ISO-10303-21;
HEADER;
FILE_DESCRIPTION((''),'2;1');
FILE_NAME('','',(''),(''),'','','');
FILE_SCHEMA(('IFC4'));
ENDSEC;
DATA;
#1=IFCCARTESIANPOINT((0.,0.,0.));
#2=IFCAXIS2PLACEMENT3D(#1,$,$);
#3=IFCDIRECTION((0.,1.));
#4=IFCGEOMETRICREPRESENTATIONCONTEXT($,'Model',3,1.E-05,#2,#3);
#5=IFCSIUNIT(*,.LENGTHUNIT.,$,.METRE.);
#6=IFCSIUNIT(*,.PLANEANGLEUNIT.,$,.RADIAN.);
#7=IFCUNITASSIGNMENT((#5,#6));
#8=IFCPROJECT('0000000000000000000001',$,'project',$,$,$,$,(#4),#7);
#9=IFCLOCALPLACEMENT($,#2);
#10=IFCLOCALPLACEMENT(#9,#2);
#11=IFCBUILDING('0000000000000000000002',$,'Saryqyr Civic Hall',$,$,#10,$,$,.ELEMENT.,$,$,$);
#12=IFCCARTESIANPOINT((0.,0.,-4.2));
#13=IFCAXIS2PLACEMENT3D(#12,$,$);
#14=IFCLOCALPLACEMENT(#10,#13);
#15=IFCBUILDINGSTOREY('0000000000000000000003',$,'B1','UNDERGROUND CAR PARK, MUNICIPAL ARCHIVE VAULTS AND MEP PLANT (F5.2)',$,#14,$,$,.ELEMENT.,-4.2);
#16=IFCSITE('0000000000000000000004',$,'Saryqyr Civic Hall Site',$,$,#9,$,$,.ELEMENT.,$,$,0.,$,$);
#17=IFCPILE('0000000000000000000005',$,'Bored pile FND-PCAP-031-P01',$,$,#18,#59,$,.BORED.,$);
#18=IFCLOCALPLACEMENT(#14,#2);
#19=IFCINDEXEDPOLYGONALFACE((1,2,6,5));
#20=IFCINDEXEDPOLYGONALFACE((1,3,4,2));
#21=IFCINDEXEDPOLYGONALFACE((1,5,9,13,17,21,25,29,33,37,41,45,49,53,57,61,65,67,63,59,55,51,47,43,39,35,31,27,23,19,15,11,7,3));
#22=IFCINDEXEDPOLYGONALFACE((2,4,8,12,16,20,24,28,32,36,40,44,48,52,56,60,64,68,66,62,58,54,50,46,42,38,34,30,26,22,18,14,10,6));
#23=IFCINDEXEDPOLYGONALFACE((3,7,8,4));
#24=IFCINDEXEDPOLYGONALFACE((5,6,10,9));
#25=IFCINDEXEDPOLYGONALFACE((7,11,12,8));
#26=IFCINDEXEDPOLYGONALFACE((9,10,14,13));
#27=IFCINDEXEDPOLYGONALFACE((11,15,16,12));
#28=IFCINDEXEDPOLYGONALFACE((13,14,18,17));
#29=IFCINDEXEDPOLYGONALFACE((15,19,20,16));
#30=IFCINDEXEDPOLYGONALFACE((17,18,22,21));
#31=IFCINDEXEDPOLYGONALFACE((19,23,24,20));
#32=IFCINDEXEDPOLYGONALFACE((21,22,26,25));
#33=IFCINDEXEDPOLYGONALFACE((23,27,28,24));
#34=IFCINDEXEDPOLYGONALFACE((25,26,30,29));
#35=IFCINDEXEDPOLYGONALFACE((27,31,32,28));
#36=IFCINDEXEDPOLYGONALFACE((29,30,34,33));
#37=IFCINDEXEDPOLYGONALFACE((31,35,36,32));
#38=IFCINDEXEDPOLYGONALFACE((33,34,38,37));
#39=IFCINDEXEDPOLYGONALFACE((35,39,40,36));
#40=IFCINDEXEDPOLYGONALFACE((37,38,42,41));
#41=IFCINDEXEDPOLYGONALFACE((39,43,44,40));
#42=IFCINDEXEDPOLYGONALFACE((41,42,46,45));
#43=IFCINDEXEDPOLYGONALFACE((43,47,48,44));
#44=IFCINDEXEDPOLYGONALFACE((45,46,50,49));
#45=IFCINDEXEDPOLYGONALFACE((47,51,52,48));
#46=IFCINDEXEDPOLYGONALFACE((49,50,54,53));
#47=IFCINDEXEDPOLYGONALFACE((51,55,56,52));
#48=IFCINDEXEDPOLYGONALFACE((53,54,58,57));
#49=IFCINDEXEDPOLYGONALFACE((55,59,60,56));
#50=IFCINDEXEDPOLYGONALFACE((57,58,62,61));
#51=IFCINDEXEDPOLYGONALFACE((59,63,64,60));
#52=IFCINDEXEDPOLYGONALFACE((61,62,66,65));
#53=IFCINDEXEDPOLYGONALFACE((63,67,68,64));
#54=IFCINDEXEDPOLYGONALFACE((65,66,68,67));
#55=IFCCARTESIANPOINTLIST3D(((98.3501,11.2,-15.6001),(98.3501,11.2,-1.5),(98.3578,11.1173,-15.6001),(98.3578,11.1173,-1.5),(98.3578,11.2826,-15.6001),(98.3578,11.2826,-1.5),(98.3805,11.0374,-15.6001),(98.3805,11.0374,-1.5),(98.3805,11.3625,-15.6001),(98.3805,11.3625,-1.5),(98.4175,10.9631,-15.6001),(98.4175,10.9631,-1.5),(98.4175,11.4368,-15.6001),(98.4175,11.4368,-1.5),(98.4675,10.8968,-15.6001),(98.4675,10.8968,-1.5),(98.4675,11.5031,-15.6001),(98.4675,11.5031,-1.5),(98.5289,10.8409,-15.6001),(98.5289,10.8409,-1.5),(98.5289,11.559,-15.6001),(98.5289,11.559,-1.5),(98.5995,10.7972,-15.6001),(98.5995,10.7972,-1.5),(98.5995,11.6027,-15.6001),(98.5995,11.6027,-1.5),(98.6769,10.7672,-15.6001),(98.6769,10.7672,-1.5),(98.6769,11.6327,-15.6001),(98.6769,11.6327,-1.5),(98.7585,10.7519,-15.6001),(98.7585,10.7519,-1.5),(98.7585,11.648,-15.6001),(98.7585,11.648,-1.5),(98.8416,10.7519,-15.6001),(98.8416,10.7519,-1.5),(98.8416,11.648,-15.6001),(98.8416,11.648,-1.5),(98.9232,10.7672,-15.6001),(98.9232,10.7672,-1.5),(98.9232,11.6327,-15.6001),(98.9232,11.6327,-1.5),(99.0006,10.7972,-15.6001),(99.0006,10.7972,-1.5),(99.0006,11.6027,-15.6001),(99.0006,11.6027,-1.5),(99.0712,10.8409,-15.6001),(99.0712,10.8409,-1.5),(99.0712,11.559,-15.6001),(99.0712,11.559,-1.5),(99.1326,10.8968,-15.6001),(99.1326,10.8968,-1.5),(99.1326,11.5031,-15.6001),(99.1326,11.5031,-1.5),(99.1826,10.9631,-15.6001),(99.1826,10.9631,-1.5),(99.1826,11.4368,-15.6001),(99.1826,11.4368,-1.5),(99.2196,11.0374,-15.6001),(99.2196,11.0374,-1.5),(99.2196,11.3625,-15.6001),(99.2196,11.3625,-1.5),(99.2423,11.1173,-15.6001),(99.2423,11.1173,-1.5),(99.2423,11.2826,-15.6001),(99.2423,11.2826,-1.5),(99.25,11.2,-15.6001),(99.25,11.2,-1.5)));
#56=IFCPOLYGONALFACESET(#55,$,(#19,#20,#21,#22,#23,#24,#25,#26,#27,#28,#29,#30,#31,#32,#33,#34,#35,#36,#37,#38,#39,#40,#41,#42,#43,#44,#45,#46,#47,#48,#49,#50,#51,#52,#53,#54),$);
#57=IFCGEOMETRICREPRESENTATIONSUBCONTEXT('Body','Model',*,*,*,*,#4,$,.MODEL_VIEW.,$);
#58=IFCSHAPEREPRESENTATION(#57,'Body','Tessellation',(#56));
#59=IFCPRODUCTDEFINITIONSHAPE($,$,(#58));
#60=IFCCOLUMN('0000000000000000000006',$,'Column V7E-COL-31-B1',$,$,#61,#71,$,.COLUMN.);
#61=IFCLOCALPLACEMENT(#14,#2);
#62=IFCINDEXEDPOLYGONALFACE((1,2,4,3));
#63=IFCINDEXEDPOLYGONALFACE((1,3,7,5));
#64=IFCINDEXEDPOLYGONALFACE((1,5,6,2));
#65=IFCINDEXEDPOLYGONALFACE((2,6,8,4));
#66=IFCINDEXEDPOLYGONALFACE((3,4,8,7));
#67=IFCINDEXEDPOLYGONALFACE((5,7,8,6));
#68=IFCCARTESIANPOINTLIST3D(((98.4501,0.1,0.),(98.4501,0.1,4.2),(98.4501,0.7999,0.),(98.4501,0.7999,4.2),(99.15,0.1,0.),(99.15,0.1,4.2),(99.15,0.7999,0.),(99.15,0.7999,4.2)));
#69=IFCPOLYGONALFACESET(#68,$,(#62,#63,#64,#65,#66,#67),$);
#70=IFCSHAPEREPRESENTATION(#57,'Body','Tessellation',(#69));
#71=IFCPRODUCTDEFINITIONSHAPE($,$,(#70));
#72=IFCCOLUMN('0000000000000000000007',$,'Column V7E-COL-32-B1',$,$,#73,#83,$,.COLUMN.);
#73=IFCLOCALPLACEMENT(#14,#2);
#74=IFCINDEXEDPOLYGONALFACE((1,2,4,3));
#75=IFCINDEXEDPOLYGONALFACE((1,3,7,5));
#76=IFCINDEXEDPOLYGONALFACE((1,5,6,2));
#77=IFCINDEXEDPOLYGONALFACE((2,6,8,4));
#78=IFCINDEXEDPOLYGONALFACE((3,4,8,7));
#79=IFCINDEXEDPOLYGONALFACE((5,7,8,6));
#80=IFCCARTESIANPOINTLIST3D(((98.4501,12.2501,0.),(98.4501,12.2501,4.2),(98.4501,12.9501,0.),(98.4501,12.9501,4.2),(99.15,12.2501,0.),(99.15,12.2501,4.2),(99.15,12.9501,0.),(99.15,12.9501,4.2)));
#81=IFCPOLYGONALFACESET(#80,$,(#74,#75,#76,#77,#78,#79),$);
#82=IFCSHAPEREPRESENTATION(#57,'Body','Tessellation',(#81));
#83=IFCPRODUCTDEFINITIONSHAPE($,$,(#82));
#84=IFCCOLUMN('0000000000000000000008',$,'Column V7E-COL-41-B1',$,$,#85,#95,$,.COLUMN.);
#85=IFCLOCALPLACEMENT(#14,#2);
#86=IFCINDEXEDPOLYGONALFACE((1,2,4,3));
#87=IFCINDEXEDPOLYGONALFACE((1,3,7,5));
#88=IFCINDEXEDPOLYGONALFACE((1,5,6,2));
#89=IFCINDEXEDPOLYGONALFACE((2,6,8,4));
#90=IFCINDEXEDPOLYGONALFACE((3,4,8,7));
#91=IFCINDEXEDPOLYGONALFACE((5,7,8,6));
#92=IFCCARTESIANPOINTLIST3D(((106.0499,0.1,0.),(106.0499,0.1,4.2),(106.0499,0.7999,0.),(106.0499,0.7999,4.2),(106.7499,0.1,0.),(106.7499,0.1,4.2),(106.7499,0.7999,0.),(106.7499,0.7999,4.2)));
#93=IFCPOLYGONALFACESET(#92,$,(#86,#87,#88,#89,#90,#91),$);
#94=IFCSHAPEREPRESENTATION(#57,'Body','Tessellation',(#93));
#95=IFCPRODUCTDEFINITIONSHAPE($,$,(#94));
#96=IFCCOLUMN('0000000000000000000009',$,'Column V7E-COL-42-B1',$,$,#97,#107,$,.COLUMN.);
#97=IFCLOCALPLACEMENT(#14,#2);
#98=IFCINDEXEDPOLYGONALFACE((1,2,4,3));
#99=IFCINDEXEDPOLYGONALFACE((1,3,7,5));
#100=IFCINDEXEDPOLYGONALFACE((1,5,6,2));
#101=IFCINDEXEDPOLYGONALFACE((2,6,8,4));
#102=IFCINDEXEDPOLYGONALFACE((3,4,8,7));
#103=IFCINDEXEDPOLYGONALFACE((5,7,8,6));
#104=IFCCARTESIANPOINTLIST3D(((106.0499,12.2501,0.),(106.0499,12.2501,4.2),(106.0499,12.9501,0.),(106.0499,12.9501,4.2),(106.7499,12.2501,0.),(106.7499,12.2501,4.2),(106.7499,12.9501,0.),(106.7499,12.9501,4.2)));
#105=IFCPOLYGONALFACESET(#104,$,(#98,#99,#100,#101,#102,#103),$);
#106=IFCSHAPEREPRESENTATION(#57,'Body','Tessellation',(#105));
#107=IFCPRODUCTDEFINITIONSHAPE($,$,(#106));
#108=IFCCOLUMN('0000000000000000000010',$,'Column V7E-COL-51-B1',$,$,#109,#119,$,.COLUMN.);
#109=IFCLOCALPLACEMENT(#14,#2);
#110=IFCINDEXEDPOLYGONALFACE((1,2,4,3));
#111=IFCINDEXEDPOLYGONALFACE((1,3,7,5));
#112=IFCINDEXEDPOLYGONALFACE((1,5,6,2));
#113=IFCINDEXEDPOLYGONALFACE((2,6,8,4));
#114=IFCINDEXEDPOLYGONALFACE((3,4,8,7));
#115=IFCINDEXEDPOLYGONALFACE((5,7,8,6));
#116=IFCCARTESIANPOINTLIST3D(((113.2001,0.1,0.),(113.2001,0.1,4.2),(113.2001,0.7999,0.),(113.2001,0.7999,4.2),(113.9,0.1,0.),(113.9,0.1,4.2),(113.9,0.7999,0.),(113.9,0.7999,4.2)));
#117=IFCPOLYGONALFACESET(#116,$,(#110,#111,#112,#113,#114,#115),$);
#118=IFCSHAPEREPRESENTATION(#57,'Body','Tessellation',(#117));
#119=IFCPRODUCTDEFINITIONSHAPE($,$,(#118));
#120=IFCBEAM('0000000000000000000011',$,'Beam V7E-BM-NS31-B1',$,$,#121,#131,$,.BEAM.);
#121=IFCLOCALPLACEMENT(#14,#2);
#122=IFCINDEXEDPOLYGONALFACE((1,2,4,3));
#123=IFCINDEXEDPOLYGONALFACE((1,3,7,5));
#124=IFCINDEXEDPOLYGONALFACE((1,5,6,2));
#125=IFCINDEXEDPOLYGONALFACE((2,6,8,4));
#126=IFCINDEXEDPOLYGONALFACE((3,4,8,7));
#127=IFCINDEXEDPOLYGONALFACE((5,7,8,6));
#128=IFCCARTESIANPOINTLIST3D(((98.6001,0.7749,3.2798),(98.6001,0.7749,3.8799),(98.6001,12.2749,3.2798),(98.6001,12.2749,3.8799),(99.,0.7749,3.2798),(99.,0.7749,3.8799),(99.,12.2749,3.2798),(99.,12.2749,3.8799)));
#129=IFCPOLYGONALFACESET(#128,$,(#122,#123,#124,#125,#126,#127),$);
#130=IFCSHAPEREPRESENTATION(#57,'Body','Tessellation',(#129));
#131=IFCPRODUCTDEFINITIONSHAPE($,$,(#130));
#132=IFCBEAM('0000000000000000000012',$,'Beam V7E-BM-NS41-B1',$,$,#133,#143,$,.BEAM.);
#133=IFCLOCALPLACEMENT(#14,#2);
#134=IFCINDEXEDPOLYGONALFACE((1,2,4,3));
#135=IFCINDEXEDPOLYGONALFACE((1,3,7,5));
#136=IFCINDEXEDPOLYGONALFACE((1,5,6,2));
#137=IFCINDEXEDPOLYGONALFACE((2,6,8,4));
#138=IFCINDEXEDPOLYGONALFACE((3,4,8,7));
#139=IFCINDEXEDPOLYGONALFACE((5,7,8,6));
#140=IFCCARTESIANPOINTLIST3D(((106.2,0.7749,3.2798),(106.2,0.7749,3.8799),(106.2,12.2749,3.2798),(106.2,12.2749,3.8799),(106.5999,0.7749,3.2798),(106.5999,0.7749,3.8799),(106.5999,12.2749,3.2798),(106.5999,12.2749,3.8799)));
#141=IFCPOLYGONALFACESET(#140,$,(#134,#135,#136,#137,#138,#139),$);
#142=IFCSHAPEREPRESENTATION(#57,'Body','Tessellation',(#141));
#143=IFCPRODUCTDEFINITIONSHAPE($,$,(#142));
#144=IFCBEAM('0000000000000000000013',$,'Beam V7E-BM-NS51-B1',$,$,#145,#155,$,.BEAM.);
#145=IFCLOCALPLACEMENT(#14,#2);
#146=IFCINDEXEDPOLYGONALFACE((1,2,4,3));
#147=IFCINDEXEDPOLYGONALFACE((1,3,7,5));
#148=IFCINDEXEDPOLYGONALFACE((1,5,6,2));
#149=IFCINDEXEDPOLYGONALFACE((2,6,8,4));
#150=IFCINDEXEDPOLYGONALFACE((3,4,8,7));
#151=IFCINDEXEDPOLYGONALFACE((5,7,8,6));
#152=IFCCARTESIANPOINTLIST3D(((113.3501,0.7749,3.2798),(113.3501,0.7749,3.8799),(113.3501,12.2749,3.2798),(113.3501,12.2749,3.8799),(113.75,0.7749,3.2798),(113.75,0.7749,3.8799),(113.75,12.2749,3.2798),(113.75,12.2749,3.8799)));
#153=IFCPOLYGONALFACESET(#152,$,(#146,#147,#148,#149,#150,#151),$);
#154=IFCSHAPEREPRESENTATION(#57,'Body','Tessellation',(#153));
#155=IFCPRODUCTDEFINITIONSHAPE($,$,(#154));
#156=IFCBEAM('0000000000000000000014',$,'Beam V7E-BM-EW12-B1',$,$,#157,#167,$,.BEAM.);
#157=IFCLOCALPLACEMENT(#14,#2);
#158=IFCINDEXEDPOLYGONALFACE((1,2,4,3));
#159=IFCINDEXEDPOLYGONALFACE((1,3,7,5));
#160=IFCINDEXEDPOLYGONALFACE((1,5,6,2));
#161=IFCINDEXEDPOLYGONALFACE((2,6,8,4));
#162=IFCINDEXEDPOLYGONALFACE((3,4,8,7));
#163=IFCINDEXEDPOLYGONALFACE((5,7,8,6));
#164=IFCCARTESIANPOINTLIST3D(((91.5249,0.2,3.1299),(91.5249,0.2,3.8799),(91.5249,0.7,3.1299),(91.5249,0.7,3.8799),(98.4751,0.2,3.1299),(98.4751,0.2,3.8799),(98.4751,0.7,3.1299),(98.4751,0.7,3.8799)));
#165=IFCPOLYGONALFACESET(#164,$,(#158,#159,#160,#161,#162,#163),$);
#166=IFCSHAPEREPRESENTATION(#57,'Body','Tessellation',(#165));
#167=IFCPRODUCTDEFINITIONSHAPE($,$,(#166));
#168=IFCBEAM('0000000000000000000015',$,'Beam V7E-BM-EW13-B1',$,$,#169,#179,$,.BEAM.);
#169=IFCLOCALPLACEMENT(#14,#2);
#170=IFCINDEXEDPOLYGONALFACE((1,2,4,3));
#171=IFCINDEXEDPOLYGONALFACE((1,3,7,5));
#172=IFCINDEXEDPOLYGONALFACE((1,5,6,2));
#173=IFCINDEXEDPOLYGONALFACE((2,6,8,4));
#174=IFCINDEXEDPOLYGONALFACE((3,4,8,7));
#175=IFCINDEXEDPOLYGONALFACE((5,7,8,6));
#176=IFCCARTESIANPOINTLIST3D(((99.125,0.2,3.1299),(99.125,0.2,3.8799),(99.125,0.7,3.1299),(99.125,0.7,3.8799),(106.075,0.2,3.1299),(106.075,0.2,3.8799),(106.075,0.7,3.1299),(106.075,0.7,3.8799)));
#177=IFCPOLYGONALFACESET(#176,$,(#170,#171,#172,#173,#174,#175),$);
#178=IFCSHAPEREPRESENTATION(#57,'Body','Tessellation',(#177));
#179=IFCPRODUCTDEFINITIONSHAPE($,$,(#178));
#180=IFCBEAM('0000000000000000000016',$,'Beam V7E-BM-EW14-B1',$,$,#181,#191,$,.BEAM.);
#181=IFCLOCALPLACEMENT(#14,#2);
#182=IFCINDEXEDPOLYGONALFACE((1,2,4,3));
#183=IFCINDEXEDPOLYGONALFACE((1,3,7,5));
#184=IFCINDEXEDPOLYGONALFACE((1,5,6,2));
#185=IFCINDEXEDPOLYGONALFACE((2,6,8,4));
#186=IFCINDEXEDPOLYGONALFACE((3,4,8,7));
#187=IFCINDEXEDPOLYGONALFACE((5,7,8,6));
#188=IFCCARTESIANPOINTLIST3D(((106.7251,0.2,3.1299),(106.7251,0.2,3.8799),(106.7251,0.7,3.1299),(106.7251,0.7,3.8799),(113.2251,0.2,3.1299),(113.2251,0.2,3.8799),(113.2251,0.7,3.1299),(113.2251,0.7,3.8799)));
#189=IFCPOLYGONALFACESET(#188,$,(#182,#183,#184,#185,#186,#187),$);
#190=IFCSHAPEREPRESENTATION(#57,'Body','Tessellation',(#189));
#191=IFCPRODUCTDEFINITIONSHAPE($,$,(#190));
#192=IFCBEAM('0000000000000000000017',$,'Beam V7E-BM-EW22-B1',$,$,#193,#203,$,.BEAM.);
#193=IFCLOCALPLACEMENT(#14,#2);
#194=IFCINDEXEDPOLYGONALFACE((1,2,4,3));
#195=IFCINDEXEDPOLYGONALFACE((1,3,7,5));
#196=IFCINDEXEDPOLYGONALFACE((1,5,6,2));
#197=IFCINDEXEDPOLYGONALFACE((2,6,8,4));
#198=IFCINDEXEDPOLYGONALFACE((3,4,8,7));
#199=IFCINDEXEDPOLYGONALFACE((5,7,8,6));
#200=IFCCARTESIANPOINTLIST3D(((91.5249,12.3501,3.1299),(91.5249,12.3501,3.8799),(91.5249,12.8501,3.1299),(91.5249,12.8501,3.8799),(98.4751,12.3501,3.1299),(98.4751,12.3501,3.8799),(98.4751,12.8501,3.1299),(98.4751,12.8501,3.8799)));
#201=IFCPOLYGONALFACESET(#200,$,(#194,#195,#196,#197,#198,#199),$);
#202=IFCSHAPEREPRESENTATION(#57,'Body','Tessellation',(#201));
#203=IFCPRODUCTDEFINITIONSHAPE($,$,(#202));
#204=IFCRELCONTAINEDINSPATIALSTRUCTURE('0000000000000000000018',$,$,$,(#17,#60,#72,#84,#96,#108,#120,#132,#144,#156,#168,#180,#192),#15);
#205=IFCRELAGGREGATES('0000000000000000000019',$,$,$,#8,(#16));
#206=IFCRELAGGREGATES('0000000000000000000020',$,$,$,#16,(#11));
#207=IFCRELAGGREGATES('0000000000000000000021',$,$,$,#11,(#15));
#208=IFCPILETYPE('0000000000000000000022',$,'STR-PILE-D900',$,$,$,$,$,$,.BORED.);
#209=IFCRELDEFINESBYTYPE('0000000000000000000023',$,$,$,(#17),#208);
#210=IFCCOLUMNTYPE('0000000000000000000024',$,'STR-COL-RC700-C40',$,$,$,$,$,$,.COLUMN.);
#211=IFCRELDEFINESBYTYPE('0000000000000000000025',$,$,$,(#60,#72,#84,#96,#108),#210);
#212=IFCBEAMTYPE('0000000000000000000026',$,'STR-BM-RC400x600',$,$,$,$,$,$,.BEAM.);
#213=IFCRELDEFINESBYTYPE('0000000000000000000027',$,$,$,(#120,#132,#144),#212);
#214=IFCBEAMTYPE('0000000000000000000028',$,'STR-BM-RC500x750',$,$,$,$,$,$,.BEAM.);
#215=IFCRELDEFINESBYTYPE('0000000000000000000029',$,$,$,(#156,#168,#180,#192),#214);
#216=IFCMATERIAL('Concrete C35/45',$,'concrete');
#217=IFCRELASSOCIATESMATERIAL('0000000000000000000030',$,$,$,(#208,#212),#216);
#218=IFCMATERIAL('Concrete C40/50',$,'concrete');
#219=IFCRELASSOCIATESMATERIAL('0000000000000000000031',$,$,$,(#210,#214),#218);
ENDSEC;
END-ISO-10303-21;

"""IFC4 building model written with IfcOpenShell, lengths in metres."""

from ifc_helpers import new_model, si_unit, direction, frame, origin, origin_2d, place, context, subcontext, project, spatial, rectangle, circle, extrude, material, material_profile, profile_set, type_object, element, save


model = new_model("IFC4")

# Units and contexts
model_context = context("Model", 3, precision=1e-05, world=origin(), true_north=direction((0.0, 1.0)))
body_context = subcontext(model_context, "Body", "Model", "MODEL_VIEW")
ifc_project = project(units=[si_unit("LENGTHUNIT", "METRE"), si_unit("PLANEANGLEUNIT", "RADIAN")], contexts=[model_context])

# Site, building, storey
site_placement = place(None, origin())
site = spatial("IfcSite", under=ifc_project, at=site_placement, Name="Saryqyr Civic Hall Site", CompositionType="ELEMENT", RefElevation=0.0)
building_placement = place(site_placement, origin())
building = spatial("IfcBuilding", under=site, at=building_placement, Name="Saryqyr Civic Hall", CompositionType="ELEMENT")
storey_placement = place(building_placement, frame((0.0, 0.0, -4.2)))
storey = spatial("IfcBuildingStorey", under=building, at=storey_placement, Name="B1", Description="UNDERGROUND CAR PARK, MUNICIPAL ARCHIVE VAULTS AND MEP PLANT (F5.2)", CompositionType="ELEMENT", Elevation=-4.2)

# Shared definitions
ifc_material_1 = material(Name="Concrete C35/45", Category="concrete")

# Pile
ifc_material_profile_1 = material_profile(ifc_material_1, circle(Radius=0.45, at=origin_2d()), Name="BORED PILE D900")
ifc_profile_set_1 = profile_set([ifc_material_profile_1], Name="Concrete C35/45")
pile_type_1 = type_object("IfcPileType", Name="STR-PILE-D900", PredefinedType="BORED", material=ifc_profile_set_1)
for number, where, z_axis, x_axis, name in (
    (1, (98.8, 11.2, -1.5), (0.0, 0.0, -1.0), (1.0, 0.0, 0.0), "Bored pile FND-PCAP-031-P01"),
):
    element("IfcPile", number, at=place(storey_placement, frame(where, z_axis=z_axis, x_axis=x_axis)), inside=storey, type_object=pile_type_1, Name=name, PredefinedType="BORED", context=body_context, shape_type="SweptSolid", body=[
        extrude(circle(Radius=0.45, at=origin_2d()), origin(), (0.0, 0.0, 1.0), 14.1001),
    ])

# Columns
ifc_material_2 = material(Name="Concrete C40/50", Category="concrete")
ifc_material_profile_2 = material_profile(ifc_material_2, rectangle(XDim=0.7, YDim=0.7, at=origin_2d()), Name="RC 700x700")
ifc_profile_set_2 = profile_set([ifc_material_profile_2], Name="Concrete C40/50")
column_type = type_object("IfcColumnType", Name="STR-COL-RC700-C40", PredefinedType="COLUMN", material=ifc_profile_set_2)
for number, where, z_axis, x_axis, name in (
    (2, (98.8, 0.45, 0.0), (0.0, 0.0, 1.0), (1.0, 0.0, 0.0), "Column V7E-COL-31-B1"),
    (3, (98.8, 12.6001, 0.0), (0.0, 0.0, 1.0), (1.0, 0.0, 0.0), "Column V7E-COL-32-B1"),
    (4, (106.3999, 0.45, 0.0), (0.0, 0.0, 1.0), (1.0, 0.0, 0.0), "Column V7E-COL-41-B1"),
    (5, (106.3999, 12.6001, 0.0), (0.0, 0.0, 1.0), (1.0, 0.0, 0.0), "Column V7E-COL-42-B1"),
    (6, (113.55, 0.45, 0.0), (0.0, 0.0, 1.0), (1.0, 0.0, 0.0), "Column V7E-COL-51-B1"),
):
    element("IfcColumn", number, at=place(storey_placement, frame(where, z_axis=z_axis, x_axis=x_axis)), inside=storey, type_object=column_type, Name=name, PredefinedType="COLUMN", context=body_context, shape_type="SweptSolid", body=[
        extrude(rectangle(XDim=0.7, YDim=0.7, at=origin_2d()), origin(), (0.0, 0.0, 1.0), 4.2),
    ])

# Beams
ifc_material_profile_3 = material_profile(ifc_material_1, rectangle(XDim=0.3999, YDim=0.6001, at=origin_2d()), Name="RC 400x600")
ifc_profile_set_3 = profile_set([ifc_material_profile_3], Name="Concrete C35/45")
beam_type_1 = type_object("IfcBeamType", Name="STR-BM-RC400x600", PredefinedType="BEAM", material=ifc_profile_set_3)
for number, where, z_axis, x_axis, name in (
    (7, (98.8, 0.7749, 3.5798), (0.0, 1.0, 0.0), (-1.0, 0.0, 0.0), "Beam V7E-BM-NS31-B1"),
    (8, (106.3999, 0.7749, 3.5798), (0.0, 1.0, 0.0), (-1.0, 0.0, 0.0), "Beam V7E-BM-NS41-B1"),
    (9, (113.55, 0.7749, 3.5798), (0.0, 1.0, 0.0), (-1.0, 0.0, 0.0), "Beam V7E-BM-NS51-B1"),
):
    element("IfcBeam", number, at=place(storey_placement, frame(where, z_axis=z_axis, x_axis=x_axis)), inside=storey, type_object=beam_type_1, Name=name, PredefinedType="BEAM", context=body_context, shape_type="SweptSolid", body=[
        extrude(rectangle(XDim=0.3999, YDim=0.6001, at=origin_2d()), origin(), (0.0, 0.0, 1.0), 11.5),
    ])
ifc_material_profile_4 = material_profile(ifc_material_2, rectangle(XDim=0.5, YDim=0.75, at=origin_2d()), Name="RC 500x750")
ifc_profile_set_4 = profile_set([ifc_material_profile_4], Name="Concrete C40/50")
beam_type_2 = type_object("IfcBeamType", Name="STR-BM-RC500x750", PredefinedType="BEAM", material=ifc_profile_set_4)
beam_1_placement = place(storey_placement, frame((91.5249, 0.45, 3.5049), z_axis=(1.0, 0.0, 0.0), x_axis=(0.0, 1.0, 0.0)))
element("IfcBeam", 10, at=beam_1_placement, inside=storey, type_object=beam_type_2, Name="Beam V7E-BM-EW12-B1", PredefinedType="BEAM", context=body_context, shape_type="SweptSolid", body=[
    extrude(rectangle(XDim=0.5, YDim=0.75, at=origin_2d()), origin(), (0.0, 0.0, 1.0), 6.9502),
])
beam_2_placement = place(storey_placement, frame((99.125, 0.45, 3.5049), z_axis=(1.0, 0.0, 0.0), x_axis=(0.0, 1.0, 0.0)))
element("IfcBeam", 11, at=beam_2_placement, inside=storey, type_object=beam_type_2, Name="Beam V7E-BM-EW13-B1", PredefinedType="BEAM", context=body_context, shape_type="SweptSolid", body=[
    extrude(rectangle(XDim=0.5, YDim=0.75, at=origin_2d()), origin(), (0.0, 0.0, 1.0), 6.95),
])
beam_3_placement = place(storey_placement, frame((106.7251, 0.45, 3.5049), z_axis=(1.0, 0.0, 0.0), x_axis=(0.0, 1.0, 0.0)))
element("IfcBeam", 12, at=beam_3_placement, inside=storey, type_object=beam_type_2, Name="Beam V7E-BM-EW14-B1", PredefinedType="BEAM", context=body_context, shape_type="SweptSolid", body=[
    extrude(rectangle(XDim=0.5, YDim=0.75, at=origin_2d()), origin(), (0.0, 0.0, 1.0), 6.5),
])
beam_4_placement = place(storey_placement, frame((91.5249, 12.6001, 3.5049), z_axis=(1.0, 0.0, 0.0), x_axis=(0.0, 1.0, 0.0)))
element("IfcBeam", 13, at=beam_4_placement, inside=storey, type_object=beam_type_2, Name="Beam V7E-BM-EW22-B1", PredefinedType="BEAM", context=body_context, shape_type="SweptSolid", body=[
    extrude(rectangle(XDim=0.5, YDim=0.75, at=origin_2d()), origin(), (0.0, 0.0, 1.0), 6.9502),
])

save(model, "model.ifc")
